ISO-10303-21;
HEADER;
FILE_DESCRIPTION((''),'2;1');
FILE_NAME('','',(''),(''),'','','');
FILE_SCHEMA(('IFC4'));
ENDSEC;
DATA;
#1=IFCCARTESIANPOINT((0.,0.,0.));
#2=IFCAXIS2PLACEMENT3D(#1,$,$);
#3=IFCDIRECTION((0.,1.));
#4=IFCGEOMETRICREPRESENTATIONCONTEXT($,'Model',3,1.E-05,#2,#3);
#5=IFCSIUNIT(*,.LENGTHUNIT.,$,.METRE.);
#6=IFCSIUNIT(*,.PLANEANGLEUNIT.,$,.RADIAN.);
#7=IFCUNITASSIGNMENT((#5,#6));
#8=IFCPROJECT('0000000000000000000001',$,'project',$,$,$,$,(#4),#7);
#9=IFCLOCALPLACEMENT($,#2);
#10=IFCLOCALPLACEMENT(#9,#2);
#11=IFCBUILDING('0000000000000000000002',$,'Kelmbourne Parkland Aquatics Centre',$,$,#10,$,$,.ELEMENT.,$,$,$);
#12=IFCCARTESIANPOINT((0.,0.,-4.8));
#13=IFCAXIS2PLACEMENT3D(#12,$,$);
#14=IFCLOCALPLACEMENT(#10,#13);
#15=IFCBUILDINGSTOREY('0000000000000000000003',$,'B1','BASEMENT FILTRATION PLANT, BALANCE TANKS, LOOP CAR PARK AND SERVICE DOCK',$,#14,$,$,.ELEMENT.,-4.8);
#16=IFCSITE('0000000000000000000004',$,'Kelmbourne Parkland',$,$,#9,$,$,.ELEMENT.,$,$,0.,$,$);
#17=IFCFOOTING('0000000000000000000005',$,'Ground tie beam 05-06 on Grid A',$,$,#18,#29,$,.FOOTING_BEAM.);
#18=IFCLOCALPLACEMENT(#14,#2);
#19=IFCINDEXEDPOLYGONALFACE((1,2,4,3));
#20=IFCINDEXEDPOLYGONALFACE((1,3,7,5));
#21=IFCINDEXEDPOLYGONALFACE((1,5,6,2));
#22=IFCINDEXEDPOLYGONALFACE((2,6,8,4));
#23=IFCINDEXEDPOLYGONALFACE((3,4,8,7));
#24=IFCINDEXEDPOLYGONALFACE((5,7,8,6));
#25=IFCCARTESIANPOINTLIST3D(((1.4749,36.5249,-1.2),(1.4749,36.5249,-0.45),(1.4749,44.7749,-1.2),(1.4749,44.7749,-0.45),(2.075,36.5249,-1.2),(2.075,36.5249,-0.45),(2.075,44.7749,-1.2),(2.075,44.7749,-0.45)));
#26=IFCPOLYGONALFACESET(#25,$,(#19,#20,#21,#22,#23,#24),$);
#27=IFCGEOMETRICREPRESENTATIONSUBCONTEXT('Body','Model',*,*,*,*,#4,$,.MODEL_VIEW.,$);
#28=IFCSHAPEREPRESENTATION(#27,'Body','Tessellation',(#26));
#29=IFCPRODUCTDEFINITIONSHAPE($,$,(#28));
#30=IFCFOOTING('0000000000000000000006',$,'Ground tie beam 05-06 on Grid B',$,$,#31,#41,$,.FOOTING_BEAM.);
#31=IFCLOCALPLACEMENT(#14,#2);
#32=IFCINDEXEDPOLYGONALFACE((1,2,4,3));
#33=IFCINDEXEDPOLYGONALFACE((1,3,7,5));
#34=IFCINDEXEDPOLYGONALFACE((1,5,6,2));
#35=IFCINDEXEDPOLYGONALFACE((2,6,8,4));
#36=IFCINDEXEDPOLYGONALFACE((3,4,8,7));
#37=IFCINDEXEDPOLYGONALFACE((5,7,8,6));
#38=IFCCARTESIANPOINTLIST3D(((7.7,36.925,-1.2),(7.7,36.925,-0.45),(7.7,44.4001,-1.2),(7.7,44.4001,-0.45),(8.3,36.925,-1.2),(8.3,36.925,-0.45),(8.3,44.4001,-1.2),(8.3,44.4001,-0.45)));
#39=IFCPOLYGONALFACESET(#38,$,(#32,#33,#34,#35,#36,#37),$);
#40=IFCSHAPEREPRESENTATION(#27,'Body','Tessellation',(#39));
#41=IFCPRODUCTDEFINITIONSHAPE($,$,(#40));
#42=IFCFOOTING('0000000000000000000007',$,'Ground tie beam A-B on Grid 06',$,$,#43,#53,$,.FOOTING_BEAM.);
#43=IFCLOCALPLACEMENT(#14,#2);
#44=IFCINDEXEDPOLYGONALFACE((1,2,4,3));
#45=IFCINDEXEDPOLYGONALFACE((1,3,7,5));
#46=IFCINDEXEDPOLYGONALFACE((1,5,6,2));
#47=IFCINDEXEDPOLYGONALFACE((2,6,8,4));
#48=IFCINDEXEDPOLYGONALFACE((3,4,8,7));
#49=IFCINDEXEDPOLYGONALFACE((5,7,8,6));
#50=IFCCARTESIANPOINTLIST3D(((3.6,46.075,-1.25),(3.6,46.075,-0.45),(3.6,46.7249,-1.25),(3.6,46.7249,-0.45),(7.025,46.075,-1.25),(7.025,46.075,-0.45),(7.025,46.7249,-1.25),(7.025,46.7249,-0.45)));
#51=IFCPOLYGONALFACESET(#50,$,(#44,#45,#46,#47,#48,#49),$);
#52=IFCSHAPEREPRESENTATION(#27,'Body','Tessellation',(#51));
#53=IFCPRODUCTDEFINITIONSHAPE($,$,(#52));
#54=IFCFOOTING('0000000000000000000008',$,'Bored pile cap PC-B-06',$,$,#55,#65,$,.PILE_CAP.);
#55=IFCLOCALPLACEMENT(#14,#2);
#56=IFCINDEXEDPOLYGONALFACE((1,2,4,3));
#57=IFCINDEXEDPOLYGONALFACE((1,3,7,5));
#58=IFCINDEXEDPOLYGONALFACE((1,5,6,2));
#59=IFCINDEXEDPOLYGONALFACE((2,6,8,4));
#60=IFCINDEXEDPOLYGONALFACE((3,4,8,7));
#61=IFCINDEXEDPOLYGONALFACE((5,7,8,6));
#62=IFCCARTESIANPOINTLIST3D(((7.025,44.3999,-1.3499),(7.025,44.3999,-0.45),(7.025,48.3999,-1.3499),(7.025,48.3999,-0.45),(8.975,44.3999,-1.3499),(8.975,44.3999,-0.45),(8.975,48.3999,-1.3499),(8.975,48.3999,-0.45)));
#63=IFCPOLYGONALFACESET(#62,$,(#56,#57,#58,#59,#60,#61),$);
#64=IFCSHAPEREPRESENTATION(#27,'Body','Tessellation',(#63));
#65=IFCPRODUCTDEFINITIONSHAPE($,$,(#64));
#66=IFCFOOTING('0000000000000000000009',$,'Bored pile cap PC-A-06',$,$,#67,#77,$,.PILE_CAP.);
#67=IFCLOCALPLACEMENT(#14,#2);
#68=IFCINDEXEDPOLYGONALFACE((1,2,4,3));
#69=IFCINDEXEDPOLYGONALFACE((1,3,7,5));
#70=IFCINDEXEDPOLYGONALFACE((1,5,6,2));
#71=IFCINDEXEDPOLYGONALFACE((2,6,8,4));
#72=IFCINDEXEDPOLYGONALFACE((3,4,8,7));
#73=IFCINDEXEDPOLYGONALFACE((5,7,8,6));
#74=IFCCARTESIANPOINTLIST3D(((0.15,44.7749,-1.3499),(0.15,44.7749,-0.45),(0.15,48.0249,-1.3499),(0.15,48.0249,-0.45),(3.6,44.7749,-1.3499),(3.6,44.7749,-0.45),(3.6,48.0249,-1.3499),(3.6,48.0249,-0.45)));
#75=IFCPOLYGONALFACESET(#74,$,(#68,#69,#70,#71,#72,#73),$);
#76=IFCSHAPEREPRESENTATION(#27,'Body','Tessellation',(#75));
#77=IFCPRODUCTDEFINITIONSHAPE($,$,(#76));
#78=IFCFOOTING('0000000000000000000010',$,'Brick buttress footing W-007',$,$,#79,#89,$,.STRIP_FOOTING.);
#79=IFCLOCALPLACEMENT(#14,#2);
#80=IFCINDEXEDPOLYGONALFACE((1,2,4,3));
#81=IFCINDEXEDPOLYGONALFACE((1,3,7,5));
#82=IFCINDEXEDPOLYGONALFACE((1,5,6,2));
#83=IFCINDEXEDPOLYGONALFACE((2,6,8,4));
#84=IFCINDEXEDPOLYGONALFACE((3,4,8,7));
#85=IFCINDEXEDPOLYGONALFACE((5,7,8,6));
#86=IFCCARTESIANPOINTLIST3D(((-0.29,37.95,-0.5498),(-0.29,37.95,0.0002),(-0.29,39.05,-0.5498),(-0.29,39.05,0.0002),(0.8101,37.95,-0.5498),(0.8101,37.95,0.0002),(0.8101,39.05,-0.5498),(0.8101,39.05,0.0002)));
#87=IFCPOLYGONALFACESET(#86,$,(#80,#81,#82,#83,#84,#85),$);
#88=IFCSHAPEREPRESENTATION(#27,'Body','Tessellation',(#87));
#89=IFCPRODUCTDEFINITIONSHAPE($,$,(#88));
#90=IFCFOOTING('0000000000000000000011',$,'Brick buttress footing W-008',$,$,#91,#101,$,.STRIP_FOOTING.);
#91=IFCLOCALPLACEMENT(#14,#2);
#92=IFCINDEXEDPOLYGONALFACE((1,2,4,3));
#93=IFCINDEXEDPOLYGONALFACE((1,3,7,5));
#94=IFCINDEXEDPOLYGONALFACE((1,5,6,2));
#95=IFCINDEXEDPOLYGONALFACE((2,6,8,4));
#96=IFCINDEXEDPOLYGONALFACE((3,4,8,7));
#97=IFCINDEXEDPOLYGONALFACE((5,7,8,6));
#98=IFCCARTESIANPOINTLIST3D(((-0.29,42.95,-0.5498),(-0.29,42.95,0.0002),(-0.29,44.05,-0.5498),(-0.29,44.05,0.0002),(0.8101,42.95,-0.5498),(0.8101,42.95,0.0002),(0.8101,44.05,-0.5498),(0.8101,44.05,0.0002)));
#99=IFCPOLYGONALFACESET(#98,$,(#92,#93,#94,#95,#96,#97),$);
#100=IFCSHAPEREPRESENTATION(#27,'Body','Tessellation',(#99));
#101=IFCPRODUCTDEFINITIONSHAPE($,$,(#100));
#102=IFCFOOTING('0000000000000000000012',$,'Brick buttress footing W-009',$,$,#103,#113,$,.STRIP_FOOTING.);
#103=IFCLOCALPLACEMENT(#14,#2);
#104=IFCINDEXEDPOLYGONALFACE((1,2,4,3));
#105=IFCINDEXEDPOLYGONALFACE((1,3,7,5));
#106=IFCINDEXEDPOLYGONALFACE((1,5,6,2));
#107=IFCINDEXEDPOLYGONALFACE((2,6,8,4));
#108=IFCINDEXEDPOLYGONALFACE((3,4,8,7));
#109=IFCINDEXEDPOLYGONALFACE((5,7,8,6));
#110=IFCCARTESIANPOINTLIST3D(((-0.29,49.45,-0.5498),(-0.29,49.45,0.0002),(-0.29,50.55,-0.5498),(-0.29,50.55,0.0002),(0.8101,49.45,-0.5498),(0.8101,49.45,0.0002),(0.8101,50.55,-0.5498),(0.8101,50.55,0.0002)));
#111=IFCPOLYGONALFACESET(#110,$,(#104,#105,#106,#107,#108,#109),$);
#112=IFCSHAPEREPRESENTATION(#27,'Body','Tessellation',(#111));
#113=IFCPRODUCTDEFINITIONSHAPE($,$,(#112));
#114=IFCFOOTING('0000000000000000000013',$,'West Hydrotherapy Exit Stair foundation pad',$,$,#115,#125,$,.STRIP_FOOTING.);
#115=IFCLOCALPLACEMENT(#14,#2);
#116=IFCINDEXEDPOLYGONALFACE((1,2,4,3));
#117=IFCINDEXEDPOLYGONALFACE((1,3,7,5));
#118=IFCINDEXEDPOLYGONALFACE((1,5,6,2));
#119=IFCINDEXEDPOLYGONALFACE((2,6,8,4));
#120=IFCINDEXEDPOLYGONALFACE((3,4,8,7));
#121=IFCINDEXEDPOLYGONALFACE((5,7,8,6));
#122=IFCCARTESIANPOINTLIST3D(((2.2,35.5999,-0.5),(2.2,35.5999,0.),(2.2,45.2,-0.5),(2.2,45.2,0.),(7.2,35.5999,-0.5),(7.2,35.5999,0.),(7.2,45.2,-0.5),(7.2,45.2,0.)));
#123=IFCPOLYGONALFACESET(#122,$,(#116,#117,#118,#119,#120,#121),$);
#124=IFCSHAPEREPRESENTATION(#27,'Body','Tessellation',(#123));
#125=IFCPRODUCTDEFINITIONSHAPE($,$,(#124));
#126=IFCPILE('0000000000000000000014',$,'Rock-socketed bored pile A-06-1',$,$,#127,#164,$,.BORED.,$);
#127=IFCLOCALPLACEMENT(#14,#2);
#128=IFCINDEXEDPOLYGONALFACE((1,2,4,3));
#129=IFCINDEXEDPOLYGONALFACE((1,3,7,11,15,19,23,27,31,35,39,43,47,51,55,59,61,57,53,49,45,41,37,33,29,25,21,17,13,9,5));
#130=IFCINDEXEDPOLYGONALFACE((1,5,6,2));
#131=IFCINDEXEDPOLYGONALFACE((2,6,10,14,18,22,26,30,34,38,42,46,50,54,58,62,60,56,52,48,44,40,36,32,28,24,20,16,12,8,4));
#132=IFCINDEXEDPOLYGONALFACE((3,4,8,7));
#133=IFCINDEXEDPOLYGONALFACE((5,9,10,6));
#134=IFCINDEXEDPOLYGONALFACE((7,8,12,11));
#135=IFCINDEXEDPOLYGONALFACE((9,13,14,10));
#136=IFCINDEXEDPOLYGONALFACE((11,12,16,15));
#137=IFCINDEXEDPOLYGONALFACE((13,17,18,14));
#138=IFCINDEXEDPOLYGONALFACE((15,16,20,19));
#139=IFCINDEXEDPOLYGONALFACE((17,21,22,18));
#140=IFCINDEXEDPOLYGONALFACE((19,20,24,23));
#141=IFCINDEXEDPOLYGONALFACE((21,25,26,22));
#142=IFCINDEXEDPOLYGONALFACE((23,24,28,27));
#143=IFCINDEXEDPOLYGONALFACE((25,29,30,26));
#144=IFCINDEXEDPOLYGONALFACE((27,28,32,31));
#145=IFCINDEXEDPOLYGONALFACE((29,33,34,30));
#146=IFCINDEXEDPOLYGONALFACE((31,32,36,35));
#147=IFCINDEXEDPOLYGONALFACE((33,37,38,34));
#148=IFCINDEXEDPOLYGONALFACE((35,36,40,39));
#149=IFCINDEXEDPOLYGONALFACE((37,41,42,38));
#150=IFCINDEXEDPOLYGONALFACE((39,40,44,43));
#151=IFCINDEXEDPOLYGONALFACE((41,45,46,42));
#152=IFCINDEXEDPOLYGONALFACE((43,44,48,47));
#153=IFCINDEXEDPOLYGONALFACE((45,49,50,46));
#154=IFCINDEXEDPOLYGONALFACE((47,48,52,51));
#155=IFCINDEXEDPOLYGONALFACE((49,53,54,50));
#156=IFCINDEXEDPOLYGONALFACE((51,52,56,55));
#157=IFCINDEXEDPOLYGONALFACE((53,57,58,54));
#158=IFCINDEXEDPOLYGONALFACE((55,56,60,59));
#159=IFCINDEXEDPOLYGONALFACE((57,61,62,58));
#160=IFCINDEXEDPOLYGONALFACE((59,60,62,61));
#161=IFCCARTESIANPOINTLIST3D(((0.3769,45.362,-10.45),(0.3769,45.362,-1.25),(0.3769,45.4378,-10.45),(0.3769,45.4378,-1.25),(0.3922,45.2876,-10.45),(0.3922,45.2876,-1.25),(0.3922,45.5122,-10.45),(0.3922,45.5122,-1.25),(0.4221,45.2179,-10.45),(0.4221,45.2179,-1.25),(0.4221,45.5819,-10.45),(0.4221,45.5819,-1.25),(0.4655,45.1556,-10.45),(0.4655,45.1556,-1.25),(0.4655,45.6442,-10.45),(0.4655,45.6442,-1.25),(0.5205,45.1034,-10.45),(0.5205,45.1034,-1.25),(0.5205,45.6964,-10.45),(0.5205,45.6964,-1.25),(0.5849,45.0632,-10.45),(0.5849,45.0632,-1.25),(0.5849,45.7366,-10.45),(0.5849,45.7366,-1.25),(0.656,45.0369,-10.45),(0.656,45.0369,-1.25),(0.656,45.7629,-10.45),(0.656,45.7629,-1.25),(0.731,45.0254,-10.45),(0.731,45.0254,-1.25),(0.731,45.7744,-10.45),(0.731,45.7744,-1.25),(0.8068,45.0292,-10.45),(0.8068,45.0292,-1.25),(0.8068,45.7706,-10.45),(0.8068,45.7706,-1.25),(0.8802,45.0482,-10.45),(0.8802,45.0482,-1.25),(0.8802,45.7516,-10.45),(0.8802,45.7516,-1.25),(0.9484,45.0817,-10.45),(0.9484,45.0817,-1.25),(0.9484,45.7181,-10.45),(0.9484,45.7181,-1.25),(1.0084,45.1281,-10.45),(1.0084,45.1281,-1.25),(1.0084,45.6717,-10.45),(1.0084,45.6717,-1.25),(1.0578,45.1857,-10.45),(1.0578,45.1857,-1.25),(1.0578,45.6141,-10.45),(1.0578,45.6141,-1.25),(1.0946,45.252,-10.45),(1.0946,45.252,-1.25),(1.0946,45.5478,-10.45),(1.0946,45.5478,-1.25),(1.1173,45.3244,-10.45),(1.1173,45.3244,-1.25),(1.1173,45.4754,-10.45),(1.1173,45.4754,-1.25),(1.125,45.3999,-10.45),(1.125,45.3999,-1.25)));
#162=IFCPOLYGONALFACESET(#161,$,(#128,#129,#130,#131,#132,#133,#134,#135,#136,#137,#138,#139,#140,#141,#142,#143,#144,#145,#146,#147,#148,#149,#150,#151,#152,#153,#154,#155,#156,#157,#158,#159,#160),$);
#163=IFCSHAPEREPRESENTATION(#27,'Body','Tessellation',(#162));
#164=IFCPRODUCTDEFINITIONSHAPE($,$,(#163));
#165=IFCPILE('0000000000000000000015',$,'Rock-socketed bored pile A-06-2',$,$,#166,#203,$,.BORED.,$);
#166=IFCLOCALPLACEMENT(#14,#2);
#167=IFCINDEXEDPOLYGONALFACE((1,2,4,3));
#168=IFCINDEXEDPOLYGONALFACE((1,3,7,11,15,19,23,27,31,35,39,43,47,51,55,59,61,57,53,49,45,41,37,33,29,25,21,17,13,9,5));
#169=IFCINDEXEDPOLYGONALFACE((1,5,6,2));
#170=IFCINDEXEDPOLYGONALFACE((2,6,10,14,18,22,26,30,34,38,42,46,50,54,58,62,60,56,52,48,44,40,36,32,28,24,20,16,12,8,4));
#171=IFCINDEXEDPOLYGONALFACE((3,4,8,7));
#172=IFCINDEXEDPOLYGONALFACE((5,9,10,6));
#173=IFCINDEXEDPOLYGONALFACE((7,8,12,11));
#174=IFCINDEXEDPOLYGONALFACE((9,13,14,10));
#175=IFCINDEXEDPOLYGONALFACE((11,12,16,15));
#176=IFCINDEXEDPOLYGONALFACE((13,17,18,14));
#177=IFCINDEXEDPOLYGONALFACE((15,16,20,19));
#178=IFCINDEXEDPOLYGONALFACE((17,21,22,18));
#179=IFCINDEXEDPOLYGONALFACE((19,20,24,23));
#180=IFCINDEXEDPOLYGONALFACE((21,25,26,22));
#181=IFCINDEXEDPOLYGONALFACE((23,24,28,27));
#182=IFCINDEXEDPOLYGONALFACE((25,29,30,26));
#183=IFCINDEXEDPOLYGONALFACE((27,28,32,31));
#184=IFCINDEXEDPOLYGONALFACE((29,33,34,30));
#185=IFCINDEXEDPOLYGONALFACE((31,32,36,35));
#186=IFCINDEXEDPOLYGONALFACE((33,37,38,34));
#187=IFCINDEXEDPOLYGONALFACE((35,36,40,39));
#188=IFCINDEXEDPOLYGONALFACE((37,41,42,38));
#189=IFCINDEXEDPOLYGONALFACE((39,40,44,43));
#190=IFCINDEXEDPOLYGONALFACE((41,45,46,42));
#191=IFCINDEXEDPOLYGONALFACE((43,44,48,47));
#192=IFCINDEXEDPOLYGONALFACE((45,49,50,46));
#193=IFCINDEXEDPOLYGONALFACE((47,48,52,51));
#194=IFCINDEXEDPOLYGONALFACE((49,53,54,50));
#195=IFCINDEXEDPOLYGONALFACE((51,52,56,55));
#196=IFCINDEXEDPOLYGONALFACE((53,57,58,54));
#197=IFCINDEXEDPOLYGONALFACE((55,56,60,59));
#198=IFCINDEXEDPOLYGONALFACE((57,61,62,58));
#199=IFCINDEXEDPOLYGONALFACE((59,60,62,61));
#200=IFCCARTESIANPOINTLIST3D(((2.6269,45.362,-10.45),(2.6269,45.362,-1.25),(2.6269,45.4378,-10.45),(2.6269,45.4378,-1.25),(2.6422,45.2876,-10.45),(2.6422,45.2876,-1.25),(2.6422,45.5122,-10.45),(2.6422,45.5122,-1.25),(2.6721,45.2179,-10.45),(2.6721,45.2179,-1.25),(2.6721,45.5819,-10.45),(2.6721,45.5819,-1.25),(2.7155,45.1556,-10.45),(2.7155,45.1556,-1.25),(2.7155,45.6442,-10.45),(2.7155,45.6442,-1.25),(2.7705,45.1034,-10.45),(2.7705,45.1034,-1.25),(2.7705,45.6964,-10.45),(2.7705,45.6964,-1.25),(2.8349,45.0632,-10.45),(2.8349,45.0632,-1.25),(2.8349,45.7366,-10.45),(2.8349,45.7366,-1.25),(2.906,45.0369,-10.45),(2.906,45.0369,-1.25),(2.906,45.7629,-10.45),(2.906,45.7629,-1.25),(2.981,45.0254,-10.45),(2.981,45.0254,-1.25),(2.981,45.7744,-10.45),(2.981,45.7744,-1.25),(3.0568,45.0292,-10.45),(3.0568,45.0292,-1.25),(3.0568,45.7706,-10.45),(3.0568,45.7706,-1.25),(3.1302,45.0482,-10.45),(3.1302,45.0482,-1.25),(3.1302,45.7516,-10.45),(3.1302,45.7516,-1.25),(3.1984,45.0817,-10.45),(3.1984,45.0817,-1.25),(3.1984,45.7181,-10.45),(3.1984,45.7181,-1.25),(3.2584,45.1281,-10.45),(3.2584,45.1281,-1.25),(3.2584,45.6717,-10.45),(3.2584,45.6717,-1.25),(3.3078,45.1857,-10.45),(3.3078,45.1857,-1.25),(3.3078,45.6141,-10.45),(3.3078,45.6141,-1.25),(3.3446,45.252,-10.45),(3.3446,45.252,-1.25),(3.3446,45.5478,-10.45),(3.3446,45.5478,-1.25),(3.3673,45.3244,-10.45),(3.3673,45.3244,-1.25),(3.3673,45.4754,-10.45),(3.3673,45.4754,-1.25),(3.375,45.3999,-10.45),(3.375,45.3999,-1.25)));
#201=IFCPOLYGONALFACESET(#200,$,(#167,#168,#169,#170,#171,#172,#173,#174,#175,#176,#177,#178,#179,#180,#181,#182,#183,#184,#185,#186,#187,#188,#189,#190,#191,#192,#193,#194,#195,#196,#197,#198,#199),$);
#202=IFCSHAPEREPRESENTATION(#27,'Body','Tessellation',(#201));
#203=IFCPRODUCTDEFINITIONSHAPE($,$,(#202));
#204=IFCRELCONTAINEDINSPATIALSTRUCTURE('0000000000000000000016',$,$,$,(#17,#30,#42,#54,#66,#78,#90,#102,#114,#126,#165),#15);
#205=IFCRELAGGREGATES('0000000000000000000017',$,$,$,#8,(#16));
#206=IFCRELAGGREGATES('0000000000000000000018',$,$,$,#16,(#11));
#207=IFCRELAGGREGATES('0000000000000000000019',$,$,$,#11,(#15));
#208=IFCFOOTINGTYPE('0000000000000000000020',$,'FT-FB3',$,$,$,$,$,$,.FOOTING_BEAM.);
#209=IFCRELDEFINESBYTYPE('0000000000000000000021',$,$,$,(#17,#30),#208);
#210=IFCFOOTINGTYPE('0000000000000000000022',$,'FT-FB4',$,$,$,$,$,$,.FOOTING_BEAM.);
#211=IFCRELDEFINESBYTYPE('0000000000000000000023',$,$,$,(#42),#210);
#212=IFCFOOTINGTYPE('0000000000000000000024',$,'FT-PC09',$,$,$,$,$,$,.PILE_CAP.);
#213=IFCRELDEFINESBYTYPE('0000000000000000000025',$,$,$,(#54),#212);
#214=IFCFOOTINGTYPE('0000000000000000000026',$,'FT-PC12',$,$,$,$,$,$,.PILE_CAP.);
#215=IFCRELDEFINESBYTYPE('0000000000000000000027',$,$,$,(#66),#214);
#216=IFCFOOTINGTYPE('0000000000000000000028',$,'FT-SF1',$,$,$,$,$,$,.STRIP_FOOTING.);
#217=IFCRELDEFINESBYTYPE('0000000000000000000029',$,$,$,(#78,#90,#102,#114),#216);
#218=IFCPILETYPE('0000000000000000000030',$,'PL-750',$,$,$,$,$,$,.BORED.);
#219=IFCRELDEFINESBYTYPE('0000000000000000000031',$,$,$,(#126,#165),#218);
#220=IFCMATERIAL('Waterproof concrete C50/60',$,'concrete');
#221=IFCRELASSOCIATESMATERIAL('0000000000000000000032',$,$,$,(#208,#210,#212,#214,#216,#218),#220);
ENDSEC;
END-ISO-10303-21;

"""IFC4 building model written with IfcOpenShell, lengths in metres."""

from ifc_helpers import new_model, si_unit, direction, frame, origin, origin_2d, place, context, subcontext, project, spatial, rectangle, circle, extrude, material, material_profile, profile_set, type_object, element, save


model = new_model("IFC4")

# Units and contexts
model_context = context("Model", 3, precision=1e-05, world=origin(), true_north=direction((0.0, 1.0)))
body_context = subcontext(model_context, "Body", "Model", "MODEL_VIEW")
ifc_project = project(units=[si_unit("LENGTHUNIT", "METRE"), si_unit("PLANEANGLEUNIT", "RADIAN")], contexts=[model_context])

# Site, building, storey
site_placement = place(None, origin())
site = spatial("IfcSite", under=ifc_project, at=site_placement, Name="Kelmbourne Parkland", CompositionType="ELEMENT", RefElevation=0.0)
building_placement = place(site_placement, origin())
building = spatial("IfcBuilding", under=site, at=building_placement, Name="Kelmbourne Parkland Aquatics Centre", CompositionType="ELEMENT")
storey_placement = place(building_placement, frame((0.0, 0.0, -4.8)))
storey = spatial("IfcBuildingStorey", under=building, at=storey_placement, Name="B1", Description="BASEMENT FILTRATION PLANT, BALANCE TANKS, LOOP CAR PARK AND SERVICE DOCK", CompositionType="ELEMENT", Elevation=-4.8)

# Footings
ifc_material_1 = material(Name="Waterproof concrete C50/60", Category="concrete")
footing_type_1 = type_object("IfcFootingType", Name="FT-FB3", PredefinedType="FOOTING_BEAM", material=ifc_material_1)
footing_1_placement = place(storey_placement, frame((1.7749, 40.6499, -1.2), z_axis=(0.0, 0.0, 1.0), x_axis=(0.0, 1.0, 0.0)))
element("IfcFooting", 1, at=footing_1_placement, inside=storey, type_object=footing_type_1, Name="Ground tie beam 05-06 on Grid A", PredefinedType="FOOTING_BEAM", context=body_context, shape_type="SweptSolid", body=[
    extrude(rectangle(XDim=8.25, YDim=0.6001, at=origin_2d()), origin(), (0.0, 0.0, 1.0), 0.75),
])
footing_2_placement = place(storey_placement, frame((8.0, 40.6626, -1.2), z_axis=(0.0, 0.0, 1.0), x_axis=(0.0, 1.0, 0.0)))
element("IfcFooting", 2, at=footing_2_placement, inside=storey, type_object=footing_type_1, Name="Ground tie beam 05-06 on Grid B", PredefinedType="FOOTING_BEAM", context=body_context, shape_type="SweptSolid", body=[
    extrude(rectangle(XDim=7.4751, YDim=0.6001, at=origin_2d()), origin(), (0.0, 0.0, 1.0), 0.75),
])
footing_type_2 = type_object("IfcFootingType", Name="FT-FB4", PredefinedType="FOOTING_BEAM", material=ifc_material_1)
footing_3_placement = place(storey_placement, frame((5.3125, 46.3999, -1.25), z_axis=(0.0, 0.0, 1.0), x_axis=(1.0, 0.0, 0.0)))
element("IfcFooting", 3, at=footing_3_placement, inside=storey, type_object=footing_type_2, Name="Ground tie beam A-B on Grid 06", PredefinedType="FOOTING_BEAM", context=body_context, shape_type="SweptSolid", body=[
    extrude(rectangle(XDim=3.425, YDim=0.6499, at=origin_2d()), origin(), (0.0, 0.0, 1.0), 0.8),
])
footing_type_3 = type_object("IfcFootingType", Name="FT-PC09", PredefinedType="PILE_CAP", material=ifc_material_1)
footing_4_placement = place(storey_placement, frame((8.0, 46.3999, -1.3499), z_axis=(0.0, 0.0, 1.0), x_axis=(1.0, 0.0, 0.0)))
element("IfcFooting", 4, at=footing_4_placement, inside=storey, type_object=footing_type_3, Name="Bored pile cap PC-B-06", PredefinedType="PILE_CAP", context=body_context, shape_type="SweptSolid", body=[
    extrude(rectangle(XDim=1.95, YDim=4.0, at=origin_2d()), origin(), (0.0, 0.0, 1.0), 0.8999),
])
footing_type_4 = type_object("IfcFootingType", Name="FT-PC12", PredefinedType="PILE_CAP", material=ifc_material_1)
footing_5_placement = place(storey_placement, frame((1.875, 46.3999, -1.3499), z_axis=(0.0, 0.0, 1.0), x_axis=(1.0, 0.0, 0.0)))
element("IfcFooting", 5, at=footing_5_placement, inside=storey, type_object=footing_type_4, Name="Bored pile cap PC-A-06", PredefinedType="PILE_CAP", context=body_context, shape_type="SweptSolid", body=[
    extrude(rectangle(XDim=3.45, YDim=3.25, at=origin_2d()), origin(), (0.0, 0.0, 1.0), 0.8999),
])
footing_type_5 = type_object("IfcFootingType", Name="FT-SF1", PredefinedType="STRIP_FOOTING", material=ifc_material_1)
for number, where, z_axis, x_axis, name in (
    (6, (0.26, 38.5, -0.5498), (0.0, 0.0, 1.0), (1.0, 0.0, 0.0), "Brick buttress footing W-007"),
    (7, (0.26, 43.5, -0.5498), (0.0, 0.0, 1.0), (1.0, 0.0, 0.0), "Brick buttress footing W-008"),
    (8, (0.26, 50.0, -0.5498), (0.0, 0.0, 1.0), (1.0, 0.0, 0.0), "Brick buttress footing W-009"),
):
    element("IfcFooting", number, at=place(storey_placement, frame(where, z_axis=z_axis, x_axis=x_axis)), inside=storey, type_object=footing_type_5, Name=name, PredefinedType="STRIP_FOOTING", context=body_context, shape_type="SweptSolid", body=[
        extrude(rectangle(XDim=1.1001, YDim=1.1001, at=origin_2d()), origin(), (0.0, 0.0, 1.0), 0.55),
    ])
footing_6_placement = place(storey_placement, frame((4.7, 40.3999, -0.5), z_axis=(0.0, 0.0, 1.0), x_axis=(1.0, 0.0, 0.0)))
element("IfcFooting", 9, at=footing_6_placement, inside=storey, type_object=footing_type_5, Name="West Hydrotherapy Exit Stair foundation pad", PredefinedType="STRIP_FOOTING", context=body_context, shape_type="SweptSolid", body=[
    extrude(rectangle(XDim=5.0, YDim=9.6001, at=origin_2d()), origin(), (0.0, 0.0, 1.0), 0.5),
])

# Piles
ifc_material_profile_1 = material_profile(ifc_material_1, circle(Radius=0.375, at=origin_2d()), Name="PILE D750")
ifc_profile_set_1 = profile_set([ifc_material_profile_1], Name="Waterproof concrete C50/60")
pile_type_1 = type_object("IfcPileType", Name="PL-750", PredefinedType="BORED", material=ifc_profile_set_1)
for number, where, z_axis, x_axis, name in (
    (10, (0.75, 45.3999, -1.25), (0.0, 0.0, -1.0), (1.0, 0.0, 0.0), "Rock-socketed bored pile A-06-1"),
    (11, (3.0, 45.3999, -1.25), (0.0, 0.0, -1.0), (1.0, 0.0, 0.0), "Rock-socketed bored pile A-06-2"),
):
    element("IfcPile", number, at=place(storey_placement, frame(where, z_axis=z_axis, x_axis=x_axis)), inside=storey, type_object=pile_type_1, Name=name, PredefinedType="BORED", context=body_context, shape_type="SweptSolid", body=[
        extrude(circle(Radius=0.375, at=origin_2d()), origin(), (0.0, 0.0, 1.0), 9.2),
    ])

save(model, "model.ifc")
